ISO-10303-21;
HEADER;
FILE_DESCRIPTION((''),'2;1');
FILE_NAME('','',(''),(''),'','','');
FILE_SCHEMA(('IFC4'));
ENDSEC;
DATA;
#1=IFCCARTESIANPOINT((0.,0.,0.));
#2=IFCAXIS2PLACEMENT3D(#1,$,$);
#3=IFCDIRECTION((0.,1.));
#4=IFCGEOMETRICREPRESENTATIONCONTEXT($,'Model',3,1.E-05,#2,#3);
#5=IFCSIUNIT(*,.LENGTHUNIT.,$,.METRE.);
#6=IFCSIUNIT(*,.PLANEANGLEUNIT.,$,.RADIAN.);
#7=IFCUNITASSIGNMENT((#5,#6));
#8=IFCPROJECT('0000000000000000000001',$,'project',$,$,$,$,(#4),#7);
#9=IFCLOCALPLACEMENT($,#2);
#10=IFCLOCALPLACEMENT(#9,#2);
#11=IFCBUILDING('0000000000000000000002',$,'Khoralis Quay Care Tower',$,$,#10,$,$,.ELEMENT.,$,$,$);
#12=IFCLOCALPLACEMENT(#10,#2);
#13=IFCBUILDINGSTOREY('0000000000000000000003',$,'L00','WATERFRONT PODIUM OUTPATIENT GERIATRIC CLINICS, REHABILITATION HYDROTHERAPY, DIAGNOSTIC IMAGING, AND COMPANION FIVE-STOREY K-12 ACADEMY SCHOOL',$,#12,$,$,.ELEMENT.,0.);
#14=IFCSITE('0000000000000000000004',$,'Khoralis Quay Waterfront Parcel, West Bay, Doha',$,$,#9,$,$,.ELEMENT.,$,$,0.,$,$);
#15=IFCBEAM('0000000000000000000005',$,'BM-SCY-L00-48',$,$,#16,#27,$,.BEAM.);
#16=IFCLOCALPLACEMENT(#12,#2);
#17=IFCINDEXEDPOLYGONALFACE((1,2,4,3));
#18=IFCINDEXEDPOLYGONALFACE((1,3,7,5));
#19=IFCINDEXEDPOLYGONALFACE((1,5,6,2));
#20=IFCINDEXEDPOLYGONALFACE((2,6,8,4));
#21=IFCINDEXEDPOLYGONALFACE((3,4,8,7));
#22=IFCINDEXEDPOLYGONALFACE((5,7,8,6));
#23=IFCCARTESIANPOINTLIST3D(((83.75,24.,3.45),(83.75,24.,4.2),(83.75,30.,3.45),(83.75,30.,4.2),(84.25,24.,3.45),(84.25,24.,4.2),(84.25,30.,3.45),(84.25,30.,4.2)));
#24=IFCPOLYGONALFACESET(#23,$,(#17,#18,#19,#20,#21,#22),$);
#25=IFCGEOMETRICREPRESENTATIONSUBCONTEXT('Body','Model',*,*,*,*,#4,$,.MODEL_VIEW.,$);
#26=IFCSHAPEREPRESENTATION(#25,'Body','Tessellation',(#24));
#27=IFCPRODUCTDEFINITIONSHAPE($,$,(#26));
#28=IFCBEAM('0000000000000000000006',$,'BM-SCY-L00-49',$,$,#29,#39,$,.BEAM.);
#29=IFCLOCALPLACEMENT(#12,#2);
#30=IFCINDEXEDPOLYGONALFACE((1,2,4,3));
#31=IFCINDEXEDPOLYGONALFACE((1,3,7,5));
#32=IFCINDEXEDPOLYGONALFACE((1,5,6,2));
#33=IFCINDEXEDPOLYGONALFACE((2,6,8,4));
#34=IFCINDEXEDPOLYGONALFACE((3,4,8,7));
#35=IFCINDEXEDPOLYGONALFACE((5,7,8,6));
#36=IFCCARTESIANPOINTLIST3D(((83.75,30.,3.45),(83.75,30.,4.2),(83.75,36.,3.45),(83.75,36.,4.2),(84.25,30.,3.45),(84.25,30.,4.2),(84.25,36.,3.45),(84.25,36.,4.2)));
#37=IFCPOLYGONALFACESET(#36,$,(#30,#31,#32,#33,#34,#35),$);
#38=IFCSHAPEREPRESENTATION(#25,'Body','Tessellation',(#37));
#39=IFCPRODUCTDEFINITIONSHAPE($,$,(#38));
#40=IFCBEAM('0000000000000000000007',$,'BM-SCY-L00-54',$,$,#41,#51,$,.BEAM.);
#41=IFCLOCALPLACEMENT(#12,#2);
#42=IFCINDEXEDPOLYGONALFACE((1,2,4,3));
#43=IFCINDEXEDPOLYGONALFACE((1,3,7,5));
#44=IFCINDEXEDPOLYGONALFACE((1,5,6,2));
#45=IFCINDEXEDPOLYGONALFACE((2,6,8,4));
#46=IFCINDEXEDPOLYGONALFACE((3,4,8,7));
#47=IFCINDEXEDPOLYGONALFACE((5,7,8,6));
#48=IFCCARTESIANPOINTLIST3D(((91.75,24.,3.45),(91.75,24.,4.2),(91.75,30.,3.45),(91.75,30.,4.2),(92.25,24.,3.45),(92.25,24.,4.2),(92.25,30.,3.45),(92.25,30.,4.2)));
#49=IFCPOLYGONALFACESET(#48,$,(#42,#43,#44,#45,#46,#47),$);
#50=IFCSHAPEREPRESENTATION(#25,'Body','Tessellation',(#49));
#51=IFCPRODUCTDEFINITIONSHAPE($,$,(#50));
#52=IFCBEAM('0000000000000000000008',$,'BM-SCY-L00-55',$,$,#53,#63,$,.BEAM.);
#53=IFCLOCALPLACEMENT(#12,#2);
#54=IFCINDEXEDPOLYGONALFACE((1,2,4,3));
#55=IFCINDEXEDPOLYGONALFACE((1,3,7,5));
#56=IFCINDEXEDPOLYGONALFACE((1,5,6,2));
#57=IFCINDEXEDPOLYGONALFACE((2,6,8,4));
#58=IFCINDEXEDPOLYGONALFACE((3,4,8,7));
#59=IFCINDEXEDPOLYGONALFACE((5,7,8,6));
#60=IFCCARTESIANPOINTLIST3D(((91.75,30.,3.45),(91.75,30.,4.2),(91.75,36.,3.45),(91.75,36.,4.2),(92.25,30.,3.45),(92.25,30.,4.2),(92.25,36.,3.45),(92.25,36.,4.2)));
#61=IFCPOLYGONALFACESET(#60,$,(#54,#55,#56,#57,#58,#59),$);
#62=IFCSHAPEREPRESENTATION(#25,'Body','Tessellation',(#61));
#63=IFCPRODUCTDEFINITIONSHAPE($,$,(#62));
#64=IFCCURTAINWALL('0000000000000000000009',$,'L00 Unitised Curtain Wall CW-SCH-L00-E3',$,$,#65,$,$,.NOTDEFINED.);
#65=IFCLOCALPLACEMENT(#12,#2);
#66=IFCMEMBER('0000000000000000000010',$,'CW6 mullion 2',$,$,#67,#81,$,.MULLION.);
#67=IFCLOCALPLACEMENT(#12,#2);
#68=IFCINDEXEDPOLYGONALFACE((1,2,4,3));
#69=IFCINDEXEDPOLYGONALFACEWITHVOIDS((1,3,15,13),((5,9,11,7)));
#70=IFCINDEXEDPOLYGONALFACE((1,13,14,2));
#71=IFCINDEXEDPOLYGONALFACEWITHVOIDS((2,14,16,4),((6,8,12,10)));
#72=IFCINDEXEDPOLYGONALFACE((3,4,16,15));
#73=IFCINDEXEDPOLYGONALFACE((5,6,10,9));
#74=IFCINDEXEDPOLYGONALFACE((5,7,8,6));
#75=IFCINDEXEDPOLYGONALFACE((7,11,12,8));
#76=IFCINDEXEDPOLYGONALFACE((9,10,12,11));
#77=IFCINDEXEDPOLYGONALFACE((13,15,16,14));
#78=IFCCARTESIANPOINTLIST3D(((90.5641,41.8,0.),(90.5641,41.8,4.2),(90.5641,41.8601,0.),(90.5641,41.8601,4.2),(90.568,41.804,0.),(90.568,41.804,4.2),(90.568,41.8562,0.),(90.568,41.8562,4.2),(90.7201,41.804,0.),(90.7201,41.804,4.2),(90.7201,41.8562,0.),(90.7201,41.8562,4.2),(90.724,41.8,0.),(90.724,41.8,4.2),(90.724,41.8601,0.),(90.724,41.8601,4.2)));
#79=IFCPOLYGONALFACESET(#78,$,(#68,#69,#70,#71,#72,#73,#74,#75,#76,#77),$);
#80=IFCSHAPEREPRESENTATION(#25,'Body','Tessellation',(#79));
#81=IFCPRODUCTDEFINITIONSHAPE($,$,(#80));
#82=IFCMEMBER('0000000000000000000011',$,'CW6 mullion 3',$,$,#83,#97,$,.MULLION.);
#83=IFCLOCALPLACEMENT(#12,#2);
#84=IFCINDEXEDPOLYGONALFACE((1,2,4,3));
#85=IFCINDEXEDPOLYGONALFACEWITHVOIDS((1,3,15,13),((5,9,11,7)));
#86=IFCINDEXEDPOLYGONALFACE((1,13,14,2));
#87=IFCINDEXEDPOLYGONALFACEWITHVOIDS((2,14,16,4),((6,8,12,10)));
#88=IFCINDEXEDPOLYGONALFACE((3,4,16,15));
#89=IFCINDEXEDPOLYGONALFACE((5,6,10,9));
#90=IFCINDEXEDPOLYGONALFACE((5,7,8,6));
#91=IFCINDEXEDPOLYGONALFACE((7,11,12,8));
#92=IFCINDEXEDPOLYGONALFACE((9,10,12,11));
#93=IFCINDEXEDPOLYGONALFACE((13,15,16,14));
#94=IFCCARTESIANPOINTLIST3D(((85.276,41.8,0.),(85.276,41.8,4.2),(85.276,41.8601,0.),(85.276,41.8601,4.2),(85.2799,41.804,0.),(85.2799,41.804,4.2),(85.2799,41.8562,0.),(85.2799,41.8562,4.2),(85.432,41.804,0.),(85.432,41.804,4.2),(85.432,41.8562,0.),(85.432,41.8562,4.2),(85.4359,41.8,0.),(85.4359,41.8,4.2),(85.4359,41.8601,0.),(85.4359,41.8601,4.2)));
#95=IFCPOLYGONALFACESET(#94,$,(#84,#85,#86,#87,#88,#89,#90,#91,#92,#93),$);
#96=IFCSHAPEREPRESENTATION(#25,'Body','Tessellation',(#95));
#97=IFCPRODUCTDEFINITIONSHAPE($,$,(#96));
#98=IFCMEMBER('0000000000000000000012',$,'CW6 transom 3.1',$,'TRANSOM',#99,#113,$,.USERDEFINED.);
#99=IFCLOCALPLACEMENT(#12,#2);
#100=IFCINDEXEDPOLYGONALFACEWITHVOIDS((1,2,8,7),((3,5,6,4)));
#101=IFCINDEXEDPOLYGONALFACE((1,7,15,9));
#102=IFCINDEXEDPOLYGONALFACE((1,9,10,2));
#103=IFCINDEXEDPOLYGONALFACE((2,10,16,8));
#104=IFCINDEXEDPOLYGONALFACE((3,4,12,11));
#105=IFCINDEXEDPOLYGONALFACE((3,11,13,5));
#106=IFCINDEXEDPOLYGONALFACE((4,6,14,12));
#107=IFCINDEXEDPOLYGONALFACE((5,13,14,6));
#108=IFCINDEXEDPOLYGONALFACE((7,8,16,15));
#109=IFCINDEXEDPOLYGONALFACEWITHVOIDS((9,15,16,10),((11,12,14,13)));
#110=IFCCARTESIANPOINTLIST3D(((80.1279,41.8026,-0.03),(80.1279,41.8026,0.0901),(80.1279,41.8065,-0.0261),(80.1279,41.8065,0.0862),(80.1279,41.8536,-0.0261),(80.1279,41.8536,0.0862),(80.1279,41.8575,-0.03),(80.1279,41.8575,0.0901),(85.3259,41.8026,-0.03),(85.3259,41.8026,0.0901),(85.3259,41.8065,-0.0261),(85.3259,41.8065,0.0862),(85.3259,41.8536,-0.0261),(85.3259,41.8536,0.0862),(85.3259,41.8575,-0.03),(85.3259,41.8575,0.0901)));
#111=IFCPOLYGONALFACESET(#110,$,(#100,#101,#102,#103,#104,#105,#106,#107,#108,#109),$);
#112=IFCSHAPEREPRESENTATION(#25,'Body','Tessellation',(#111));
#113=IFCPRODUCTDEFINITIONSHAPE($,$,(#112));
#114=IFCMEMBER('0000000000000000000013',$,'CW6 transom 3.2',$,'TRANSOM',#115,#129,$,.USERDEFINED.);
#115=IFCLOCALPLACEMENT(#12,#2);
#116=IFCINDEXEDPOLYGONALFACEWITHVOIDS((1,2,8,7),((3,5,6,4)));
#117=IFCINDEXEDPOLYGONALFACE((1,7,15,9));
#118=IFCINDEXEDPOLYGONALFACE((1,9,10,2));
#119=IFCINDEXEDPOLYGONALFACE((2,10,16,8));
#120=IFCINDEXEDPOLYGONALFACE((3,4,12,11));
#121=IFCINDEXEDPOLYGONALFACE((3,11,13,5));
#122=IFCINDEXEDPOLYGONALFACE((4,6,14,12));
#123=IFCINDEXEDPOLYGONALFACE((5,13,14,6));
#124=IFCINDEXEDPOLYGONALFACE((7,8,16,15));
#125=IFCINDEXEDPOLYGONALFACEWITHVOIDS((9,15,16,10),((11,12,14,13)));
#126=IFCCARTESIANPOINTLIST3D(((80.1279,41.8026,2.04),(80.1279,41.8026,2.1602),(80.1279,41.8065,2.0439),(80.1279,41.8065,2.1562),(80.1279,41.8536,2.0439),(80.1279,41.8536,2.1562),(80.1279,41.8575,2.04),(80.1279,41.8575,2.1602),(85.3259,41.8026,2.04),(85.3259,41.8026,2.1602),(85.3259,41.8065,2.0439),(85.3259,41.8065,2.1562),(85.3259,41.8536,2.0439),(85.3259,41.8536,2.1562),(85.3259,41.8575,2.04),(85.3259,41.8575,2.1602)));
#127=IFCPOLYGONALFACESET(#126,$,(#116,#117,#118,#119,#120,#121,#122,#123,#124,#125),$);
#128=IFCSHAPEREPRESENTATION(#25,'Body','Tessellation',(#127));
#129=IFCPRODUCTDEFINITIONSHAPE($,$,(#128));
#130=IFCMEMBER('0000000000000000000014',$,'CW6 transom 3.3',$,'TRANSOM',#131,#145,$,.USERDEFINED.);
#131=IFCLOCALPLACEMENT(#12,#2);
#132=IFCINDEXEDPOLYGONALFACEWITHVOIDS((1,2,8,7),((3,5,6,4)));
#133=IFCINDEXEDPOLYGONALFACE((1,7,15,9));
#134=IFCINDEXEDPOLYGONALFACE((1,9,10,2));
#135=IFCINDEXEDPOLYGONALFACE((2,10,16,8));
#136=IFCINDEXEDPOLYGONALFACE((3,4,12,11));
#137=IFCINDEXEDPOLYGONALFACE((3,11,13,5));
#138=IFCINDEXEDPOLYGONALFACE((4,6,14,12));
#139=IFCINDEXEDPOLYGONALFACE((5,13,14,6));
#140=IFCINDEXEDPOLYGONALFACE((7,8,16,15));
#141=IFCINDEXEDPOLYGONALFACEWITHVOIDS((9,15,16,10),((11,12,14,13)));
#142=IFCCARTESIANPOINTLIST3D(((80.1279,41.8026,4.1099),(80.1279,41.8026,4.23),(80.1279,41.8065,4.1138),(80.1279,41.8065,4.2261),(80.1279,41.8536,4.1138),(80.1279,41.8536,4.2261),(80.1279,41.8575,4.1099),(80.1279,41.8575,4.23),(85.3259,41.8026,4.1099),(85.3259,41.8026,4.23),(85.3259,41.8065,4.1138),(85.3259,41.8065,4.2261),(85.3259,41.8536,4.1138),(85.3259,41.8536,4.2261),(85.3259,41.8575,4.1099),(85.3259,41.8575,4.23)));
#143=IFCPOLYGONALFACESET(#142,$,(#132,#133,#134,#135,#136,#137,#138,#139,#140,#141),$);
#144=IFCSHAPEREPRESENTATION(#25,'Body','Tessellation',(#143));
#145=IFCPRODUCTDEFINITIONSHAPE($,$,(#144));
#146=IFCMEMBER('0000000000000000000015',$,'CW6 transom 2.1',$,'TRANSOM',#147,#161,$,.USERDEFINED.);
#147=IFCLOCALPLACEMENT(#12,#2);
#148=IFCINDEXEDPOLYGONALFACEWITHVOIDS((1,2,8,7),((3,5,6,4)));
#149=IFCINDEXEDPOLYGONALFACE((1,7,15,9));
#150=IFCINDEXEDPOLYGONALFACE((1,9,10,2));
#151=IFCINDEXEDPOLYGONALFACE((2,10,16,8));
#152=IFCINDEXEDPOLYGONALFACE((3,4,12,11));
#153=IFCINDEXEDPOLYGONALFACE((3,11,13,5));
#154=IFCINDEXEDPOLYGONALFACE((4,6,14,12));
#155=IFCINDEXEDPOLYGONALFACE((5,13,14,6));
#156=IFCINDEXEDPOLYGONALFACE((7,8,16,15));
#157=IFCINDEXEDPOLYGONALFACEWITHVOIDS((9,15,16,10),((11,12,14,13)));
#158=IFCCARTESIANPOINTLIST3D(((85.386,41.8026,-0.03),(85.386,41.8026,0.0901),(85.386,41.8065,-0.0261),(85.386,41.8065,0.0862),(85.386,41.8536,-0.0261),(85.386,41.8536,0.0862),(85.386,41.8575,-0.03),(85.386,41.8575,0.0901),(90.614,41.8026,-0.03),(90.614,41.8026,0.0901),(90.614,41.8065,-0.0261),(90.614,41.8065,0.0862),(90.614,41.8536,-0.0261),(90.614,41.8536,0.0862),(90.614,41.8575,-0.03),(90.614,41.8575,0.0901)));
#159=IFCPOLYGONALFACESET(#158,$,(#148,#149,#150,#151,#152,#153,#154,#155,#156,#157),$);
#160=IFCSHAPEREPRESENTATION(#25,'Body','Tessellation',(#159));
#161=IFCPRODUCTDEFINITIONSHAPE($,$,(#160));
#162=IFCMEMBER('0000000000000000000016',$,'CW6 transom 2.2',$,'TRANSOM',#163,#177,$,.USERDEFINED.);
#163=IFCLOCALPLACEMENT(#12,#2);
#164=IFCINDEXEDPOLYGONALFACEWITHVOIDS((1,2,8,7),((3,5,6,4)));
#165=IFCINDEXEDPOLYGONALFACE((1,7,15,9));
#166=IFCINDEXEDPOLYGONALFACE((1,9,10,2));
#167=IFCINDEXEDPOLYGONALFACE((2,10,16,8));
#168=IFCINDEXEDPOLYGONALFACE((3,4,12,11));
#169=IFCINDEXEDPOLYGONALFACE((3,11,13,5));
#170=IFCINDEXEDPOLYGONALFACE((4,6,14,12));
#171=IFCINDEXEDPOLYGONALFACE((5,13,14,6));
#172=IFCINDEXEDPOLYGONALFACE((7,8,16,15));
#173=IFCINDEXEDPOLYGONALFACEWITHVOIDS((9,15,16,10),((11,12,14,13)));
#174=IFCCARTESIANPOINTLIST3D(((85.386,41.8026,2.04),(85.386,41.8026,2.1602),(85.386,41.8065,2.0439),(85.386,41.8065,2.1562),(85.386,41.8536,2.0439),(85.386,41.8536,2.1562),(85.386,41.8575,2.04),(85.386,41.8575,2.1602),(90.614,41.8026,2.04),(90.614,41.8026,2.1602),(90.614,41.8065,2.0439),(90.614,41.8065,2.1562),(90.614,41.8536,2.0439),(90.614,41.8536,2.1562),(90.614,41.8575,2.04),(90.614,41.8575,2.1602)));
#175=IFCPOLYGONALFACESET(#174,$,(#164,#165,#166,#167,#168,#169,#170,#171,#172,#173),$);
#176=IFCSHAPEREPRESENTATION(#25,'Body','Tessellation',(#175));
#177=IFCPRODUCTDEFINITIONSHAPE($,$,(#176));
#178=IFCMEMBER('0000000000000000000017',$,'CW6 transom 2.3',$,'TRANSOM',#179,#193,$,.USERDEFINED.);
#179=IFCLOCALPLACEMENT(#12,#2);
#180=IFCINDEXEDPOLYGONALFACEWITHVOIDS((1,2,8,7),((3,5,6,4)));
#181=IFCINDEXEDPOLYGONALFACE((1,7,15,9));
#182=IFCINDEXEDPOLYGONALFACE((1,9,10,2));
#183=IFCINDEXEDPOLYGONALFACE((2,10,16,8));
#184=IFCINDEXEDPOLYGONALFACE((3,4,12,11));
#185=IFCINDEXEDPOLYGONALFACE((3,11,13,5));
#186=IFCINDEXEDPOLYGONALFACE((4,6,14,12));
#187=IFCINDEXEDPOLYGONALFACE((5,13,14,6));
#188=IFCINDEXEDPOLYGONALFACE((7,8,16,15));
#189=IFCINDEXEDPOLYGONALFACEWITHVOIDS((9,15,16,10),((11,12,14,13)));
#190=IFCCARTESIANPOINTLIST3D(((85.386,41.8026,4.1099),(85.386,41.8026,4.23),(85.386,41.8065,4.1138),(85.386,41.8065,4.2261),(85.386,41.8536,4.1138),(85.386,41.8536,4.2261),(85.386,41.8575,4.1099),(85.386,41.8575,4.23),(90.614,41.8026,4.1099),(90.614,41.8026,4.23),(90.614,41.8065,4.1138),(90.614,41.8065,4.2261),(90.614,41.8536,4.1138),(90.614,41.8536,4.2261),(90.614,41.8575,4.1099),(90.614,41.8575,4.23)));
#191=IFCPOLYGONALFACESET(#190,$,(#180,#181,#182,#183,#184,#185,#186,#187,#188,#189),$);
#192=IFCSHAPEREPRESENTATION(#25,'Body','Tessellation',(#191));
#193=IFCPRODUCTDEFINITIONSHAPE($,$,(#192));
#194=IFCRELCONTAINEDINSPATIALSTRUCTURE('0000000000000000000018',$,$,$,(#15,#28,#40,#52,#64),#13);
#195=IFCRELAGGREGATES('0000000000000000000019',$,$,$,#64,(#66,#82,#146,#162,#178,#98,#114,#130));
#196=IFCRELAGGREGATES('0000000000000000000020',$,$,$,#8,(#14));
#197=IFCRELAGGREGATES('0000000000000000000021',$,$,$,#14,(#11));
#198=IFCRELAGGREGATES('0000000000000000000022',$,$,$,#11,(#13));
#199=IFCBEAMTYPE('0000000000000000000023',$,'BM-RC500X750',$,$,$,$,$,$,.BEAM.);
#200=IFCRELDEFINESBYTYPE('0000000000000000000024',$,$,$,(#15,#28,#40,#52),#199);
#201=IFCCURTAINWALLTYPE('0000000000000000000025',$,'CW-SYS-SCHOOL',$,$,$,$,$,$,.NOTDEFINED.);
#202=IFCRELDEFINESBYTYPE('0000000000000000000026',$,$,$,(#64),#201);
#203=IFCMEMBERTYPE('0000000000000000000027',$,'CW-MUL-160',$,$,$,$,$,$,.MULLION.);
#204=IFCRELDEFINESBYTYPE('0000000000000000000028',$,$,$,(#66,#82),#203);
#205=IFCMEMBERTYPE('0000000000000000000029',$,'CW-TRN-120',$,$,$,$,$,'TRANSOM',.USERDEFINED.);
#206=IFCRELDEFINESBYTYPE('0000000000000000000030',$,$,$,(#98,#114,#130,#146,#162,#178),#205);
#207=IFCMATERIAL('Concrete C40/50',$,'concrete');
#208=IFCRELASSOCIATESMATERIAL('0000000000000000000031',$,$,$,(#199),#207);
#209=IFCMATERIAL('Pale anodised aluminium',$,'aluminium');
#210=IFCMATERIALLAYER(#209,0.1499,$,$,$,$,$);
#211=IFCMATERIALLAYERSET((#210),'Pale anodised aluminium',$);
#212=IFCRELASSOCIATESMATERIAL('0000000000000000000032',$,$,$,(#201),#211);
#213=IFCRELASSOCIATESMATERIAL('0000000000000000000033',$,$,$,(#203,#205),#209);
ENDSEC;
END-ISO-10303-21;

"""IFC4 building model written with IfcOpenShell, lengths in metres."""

from ifc_helpers import new_model, si_unit, direction, frame, origin, origin_2d, place, context, subcontext, project, spatial, rectangle, hollow_rectangle, extrude, source, transform, mapped, material, layer, layer_set, material_profile, profile_set, type_object, element, aggregate, save


model = new_model("IFC4")

# Units and contexts
model_context = context("Model", 3, precision=1e-05, world=origin(), true_north=direction((0.0, 1.0)))
body_context = subcontext(model_context, "Body", "Model", "MODEL_VIEW")
ifc_project = project(units=[si_unit("LENGTHUNIT", "METRE"), si_unit("PLANEANGLEUNIT", "RADIAN")], contexts=[model_context])

# Site, building, storey
site_placement = place(None, origin())
site = spatial("IfcSite", under=ifc_project, at=site_placement, Name="Khoralis Quay Waterfront Parcel, West Bay, Doha", CompositionType="ELEMENT", RefElevation=0.0)
building_placement = place(site_placement, origin())
building = spatial("IfcBuilding", under=site, at=building_placement, Name="Khoralis Quay Care Tower", CompositionType="ELEMENT")
storey_placement = place(building_placement, origin())
storey = spatial("IfcBuildingStorey", under=building, at=storey_placement, Name="L00", Description="WATERFRONT PODIUM OUTPATIENT GERIATRIC CLINICS, REHABILITATION HYDROTHERAPY, DIAGNOSTIC IMAGING, AND COMPANION FIVE-STOREY K-12 ACADEMY SCHOOL", CompositionType="ELEMENT", Elevation=0.0)

# Shared definitions
ifc_material_1 = material(Name="Concrete C40/50", Category="concrete")

# Beams
ifc_material_profile_1 = material_profile(ifc_material_1, rectangle(XDim=0.5, YDim=0.75, at=origin_2d()), Name="Concrete C40/50")
ifc_profile_set_1 = profile_set([ifc_material_profile_1], Name="Concrete C40/50")
beam_type = type_object("IfcBeamType", Name="BM-RC500X750", PredefinedType="BEAM", material=ifc_profile_set_1)
shared_shape_1 = source(origin(), body_context, "Body", "SweptSolid", [
    extrude(rectangle(XDim=0.5, YDim=0.75, at=origin_2d()), origin(), (0.0, 0.0, 1.0), 6.0),
])
for number, where, z_axis, x_axis, name in (
    (1, (84.0, 24.0, 3.825), (0.0, 1.0, 0.0), (-1.0, 0.0, 0.0), "BM-SCY-L00-48"),
    (2, (84.0, 30.0, 3.825), (0.0, 1.0, 0.0), (-1.0, 0.0, 0.0), "BM-SCY-L00-49"),
    (3, (92.0, 24.0, 3.825), (0.0, 1.0, 0.0), (-1.0, 0.0, 0.0), "BM-SCY-L00-54"),
    (4, (92.0, 30.0, 3.825), (0.0, 1.0, 0.0), (-1.0, 0.0, 0.0), "BM-SCY-L00-55"),
):
    element("IfcBeam", number, at=place(storey_placement, frame(where, z_axis=z_axis, x_axis=x_axis)), inside=storey, type_object=beam_type, Name=name, PredefinedType="BEAM", context=body_context, shape_type="MappedRepresentation", body=[
        mapped(shared_shape_1, transform((0.0, 0.0, 0.0), scale=1.0)),
    ])

# Curtain wall, members
ifc_material_2 = material(Name="Pale anodised aluminium", Category="aluminium")
ifc_layer_1 = layer(ifc_material_2, 0.1499)
ifc_layer_set_1 = layer_set([ifc_layer_1], Name="Pale anodised aluminium")
curtain_wall_type = type_object("IfcCurtainWallType", Name="CW-SYS-SCHOOL", PredefinedType="NOTDEFINED", material=ifc_layer_set_1)
curtain_wall_placement = place(storey_placement, origin())
curtain_wall = element("IfcCurtainWall", 5, at=curtain_wall_placement, inside=storey, type_object=curtain_wall_type, Name="L00 Unitised Curtain Wall CW-SCH-L00-E3", PredefinedType="NOTDEFINED")
ifc_material_profile_2 = material_profile(ifc_material_2, hollow_rectangle(XDim=0.0601, YDim=0.1599, WallThickness=0.0039, at=origin_2d()), Name="Pale anodised aluminium")
ifc_profile_set_2 = profile_set([ifc_material_profile_2], Name="Pale anodised aluminium")
member_type_1 = type_object("IfcMemberType", Name="CW-MUL-160", PredefinedType="MULLION", material=ifc_profile_set_2)
shared_shape_2 = source(origin(), body_context, "Body", "SweptSolid", [
    extrude(hollow_rectangle(XDim=0.0601, YDim=0.1599, WallThickness=0.0039, at=origin_2d()), origin(), (0.0, 0.0, 1.0), 4.2),
])
member_1_placement = place(storey_placement, frame((90.644, 41.8301, 0.0), z_axis=(0.0, 0.0, 1.0), x_axis=(0.0, -1.0, 0.0)))
member_1 = element("IfcMember", 6, at=member_1_placement, type_object=member_type_1, Name="CW6 mullion 2", PredefinedType="MULLION", context=body_context, shape_type="MappedRepresentation", body=[
    mapped(shared_shape_2, transform((0.0, 0.0, 0.0), scale=1.0)),
])
member_2_placement = place(storey_placement, frame((85.356, 41.8301, 0.0), z_axis=(0.0, 0.0, 1.0), x_axis=(0.0, -1.0, 0.0)))
member_2 = element("IfcMember", 7, at=member_2_placement, type_object=member_type_1, Name="CW6 mullion 3", PredefinedType="MULLION", context=body_context, shape_type="MappedRepresentation", body=[
    mapped(shared_shape_2, transform((0.0, 0.0, 0.0), scale=1.0)),
])
ifc_material_profile_3 = material_profile(ifc_material_2, hollow_rectangle(XDim=0.0549, YDim=0.1201, WallThickness=0.0039, at=origin_2d()), Name="Pale anodised aluminium")
ifc_profile_set_3 = profile_set([ifc_material_profile_3], Name="Pale anodised aluminium")
member_type_2 = type_object("IfcMemberType", Name="CW-TRN-120", ElementType="TRANSOM", PredefinedType="USERDEFINED", material=ifc_profile_set_3)
shared_shape_3 = source(origin(), body_context, "Body", "SweptSolid", [
    extrude(hollow_rectangle(XDim=0.0549, YDim=0.1201, WallThickness=0.0039, at=origin_2d()), origin(), (0.0, 0.0, 1.0), 5.198),
])
member_3_placement = place(storey_placement, frame((85.3259, 41.8301, 0.03), z_axis=(-1.0, 0.0, 0.0), x_axis=(0.0, -1.0, 0.0)))
member_3 = element("IfcMember", 8, at=member_3_placement, type_object=member_type_2, Name="CW6 transom 3.1", ObjectType="TRANSOM", PredefinedType="USERDEFINED", context=body_context, shape_type="MappedRepresentation", body=[
    mapped(shared_shape_3, transform((0.0, 0.0, 0.0), scale=1.0)),
])
member_4_placement = place(storey_placement, frame((85.3259, 41.8301, 2.1001), z_axis=(-1.0, 0.0, 0.0), x_axis=(0.0, -1.0, 0.0)))
member_4 = element("IfcMember", 9, at=member_4_placement, type_object=member_type_2, Name="CW6 transom 3.2", ObjectType="TRANSOM", PredefinedType="USERDEFINED", context=body_context, shape_type="MappedRepresentation", body=[
    mapped(shared_shape_3, transform((0.0, 0.0, 0.0), scale=1.0)),
])
member_5_placement = place(storey_placement, frame((85.3259, 41.8301, 4.1699), z_axis=(-1.0, 0.0, 0.0), x_axis=(0.0, -1.0, 0.0)))
member_5 = element("IfcMember", 10, at=member_5_placement, type_object=member_type_2, Name="CW6 transom 3.3", ObjectType="TRANSOM", PredefinedType="USERDEFINED", context=body_context, shape_type="MappedRepresentation", body=[
    mapped(shared_shape_3, transform((0.0, 0.0, 0.0), scale=1.0)),
])
shared_shape_4 = source(origin(), body_context, "Body", "SweptSolid", [
    extrude(hollow_rectangle(XDim=0.0549, YDim=0.1201, WallThickness=0.0039, at=origin_2d()), origin(), (0.0, 0.0, 1.0), 5.228),
])
member_6_placement = place(storey_placement, frame((90.614, 41.8301, 0.03), z_axis=(-1.0, 0.0, 0.0), x_axis=(0.0, -1.0, 0.0)))
member_6 = element("IfcMember", 11, at=member_6_placement, type_object=member_type_2, Name="CW6 transom 2.1", ObjectType="TRANSOM", PredefinedType="USERDEFINED", context=body_context, shape_type="MappedRepresentation", body=[
    mapped(shared_shape_4, transform((0.0, 0.0, 0.0), scale=1.0)),
])
member_7_placement = place(storey_placement, frame((90.614, 41.8301, 2.1001), z_axis=(-1.0, 0.0, 0.0), x_axis=(0.0, -1.0, 0.0)))
member_7 = element("IfcMember", 12, at=member_7_placement, type_object=member_type_2, Name="CW6 transom 2.2", ObjectType="TRANSOM", PredefinedType="USERDEFINED", context=body_context, shape_type="MappedRepresentation", body=[
    mapped(shared_shape_4, transform((0.0, 0.0, 0.0), scale=1.0)),
])
member_8_placement = place(storey_placement, frame((90.614, 41.8301, 4.1699), z_axis=(-1.0, 0.0, 0.0), x_axis=(0.0, -1.0, 0.0)))
member_8 = element("IfcMember", 13, at=member_8_placement, type_object=member_type_2, Name="CW6 transom 2.3", ObjectType="TRANSOM", PredefinedType="USERDEFINED", context=body_context, shape_type="MappedRepresentation", body=[
    mapped(shared_shape_4, transform((0.0, 0.0, 0.0), scale=1.0)),
])
aggregate(curtain_wall, [member_1, member_2, member_6, member_7, member_8, member_3, member_4, member_5])

save(model, "model.ifc")
